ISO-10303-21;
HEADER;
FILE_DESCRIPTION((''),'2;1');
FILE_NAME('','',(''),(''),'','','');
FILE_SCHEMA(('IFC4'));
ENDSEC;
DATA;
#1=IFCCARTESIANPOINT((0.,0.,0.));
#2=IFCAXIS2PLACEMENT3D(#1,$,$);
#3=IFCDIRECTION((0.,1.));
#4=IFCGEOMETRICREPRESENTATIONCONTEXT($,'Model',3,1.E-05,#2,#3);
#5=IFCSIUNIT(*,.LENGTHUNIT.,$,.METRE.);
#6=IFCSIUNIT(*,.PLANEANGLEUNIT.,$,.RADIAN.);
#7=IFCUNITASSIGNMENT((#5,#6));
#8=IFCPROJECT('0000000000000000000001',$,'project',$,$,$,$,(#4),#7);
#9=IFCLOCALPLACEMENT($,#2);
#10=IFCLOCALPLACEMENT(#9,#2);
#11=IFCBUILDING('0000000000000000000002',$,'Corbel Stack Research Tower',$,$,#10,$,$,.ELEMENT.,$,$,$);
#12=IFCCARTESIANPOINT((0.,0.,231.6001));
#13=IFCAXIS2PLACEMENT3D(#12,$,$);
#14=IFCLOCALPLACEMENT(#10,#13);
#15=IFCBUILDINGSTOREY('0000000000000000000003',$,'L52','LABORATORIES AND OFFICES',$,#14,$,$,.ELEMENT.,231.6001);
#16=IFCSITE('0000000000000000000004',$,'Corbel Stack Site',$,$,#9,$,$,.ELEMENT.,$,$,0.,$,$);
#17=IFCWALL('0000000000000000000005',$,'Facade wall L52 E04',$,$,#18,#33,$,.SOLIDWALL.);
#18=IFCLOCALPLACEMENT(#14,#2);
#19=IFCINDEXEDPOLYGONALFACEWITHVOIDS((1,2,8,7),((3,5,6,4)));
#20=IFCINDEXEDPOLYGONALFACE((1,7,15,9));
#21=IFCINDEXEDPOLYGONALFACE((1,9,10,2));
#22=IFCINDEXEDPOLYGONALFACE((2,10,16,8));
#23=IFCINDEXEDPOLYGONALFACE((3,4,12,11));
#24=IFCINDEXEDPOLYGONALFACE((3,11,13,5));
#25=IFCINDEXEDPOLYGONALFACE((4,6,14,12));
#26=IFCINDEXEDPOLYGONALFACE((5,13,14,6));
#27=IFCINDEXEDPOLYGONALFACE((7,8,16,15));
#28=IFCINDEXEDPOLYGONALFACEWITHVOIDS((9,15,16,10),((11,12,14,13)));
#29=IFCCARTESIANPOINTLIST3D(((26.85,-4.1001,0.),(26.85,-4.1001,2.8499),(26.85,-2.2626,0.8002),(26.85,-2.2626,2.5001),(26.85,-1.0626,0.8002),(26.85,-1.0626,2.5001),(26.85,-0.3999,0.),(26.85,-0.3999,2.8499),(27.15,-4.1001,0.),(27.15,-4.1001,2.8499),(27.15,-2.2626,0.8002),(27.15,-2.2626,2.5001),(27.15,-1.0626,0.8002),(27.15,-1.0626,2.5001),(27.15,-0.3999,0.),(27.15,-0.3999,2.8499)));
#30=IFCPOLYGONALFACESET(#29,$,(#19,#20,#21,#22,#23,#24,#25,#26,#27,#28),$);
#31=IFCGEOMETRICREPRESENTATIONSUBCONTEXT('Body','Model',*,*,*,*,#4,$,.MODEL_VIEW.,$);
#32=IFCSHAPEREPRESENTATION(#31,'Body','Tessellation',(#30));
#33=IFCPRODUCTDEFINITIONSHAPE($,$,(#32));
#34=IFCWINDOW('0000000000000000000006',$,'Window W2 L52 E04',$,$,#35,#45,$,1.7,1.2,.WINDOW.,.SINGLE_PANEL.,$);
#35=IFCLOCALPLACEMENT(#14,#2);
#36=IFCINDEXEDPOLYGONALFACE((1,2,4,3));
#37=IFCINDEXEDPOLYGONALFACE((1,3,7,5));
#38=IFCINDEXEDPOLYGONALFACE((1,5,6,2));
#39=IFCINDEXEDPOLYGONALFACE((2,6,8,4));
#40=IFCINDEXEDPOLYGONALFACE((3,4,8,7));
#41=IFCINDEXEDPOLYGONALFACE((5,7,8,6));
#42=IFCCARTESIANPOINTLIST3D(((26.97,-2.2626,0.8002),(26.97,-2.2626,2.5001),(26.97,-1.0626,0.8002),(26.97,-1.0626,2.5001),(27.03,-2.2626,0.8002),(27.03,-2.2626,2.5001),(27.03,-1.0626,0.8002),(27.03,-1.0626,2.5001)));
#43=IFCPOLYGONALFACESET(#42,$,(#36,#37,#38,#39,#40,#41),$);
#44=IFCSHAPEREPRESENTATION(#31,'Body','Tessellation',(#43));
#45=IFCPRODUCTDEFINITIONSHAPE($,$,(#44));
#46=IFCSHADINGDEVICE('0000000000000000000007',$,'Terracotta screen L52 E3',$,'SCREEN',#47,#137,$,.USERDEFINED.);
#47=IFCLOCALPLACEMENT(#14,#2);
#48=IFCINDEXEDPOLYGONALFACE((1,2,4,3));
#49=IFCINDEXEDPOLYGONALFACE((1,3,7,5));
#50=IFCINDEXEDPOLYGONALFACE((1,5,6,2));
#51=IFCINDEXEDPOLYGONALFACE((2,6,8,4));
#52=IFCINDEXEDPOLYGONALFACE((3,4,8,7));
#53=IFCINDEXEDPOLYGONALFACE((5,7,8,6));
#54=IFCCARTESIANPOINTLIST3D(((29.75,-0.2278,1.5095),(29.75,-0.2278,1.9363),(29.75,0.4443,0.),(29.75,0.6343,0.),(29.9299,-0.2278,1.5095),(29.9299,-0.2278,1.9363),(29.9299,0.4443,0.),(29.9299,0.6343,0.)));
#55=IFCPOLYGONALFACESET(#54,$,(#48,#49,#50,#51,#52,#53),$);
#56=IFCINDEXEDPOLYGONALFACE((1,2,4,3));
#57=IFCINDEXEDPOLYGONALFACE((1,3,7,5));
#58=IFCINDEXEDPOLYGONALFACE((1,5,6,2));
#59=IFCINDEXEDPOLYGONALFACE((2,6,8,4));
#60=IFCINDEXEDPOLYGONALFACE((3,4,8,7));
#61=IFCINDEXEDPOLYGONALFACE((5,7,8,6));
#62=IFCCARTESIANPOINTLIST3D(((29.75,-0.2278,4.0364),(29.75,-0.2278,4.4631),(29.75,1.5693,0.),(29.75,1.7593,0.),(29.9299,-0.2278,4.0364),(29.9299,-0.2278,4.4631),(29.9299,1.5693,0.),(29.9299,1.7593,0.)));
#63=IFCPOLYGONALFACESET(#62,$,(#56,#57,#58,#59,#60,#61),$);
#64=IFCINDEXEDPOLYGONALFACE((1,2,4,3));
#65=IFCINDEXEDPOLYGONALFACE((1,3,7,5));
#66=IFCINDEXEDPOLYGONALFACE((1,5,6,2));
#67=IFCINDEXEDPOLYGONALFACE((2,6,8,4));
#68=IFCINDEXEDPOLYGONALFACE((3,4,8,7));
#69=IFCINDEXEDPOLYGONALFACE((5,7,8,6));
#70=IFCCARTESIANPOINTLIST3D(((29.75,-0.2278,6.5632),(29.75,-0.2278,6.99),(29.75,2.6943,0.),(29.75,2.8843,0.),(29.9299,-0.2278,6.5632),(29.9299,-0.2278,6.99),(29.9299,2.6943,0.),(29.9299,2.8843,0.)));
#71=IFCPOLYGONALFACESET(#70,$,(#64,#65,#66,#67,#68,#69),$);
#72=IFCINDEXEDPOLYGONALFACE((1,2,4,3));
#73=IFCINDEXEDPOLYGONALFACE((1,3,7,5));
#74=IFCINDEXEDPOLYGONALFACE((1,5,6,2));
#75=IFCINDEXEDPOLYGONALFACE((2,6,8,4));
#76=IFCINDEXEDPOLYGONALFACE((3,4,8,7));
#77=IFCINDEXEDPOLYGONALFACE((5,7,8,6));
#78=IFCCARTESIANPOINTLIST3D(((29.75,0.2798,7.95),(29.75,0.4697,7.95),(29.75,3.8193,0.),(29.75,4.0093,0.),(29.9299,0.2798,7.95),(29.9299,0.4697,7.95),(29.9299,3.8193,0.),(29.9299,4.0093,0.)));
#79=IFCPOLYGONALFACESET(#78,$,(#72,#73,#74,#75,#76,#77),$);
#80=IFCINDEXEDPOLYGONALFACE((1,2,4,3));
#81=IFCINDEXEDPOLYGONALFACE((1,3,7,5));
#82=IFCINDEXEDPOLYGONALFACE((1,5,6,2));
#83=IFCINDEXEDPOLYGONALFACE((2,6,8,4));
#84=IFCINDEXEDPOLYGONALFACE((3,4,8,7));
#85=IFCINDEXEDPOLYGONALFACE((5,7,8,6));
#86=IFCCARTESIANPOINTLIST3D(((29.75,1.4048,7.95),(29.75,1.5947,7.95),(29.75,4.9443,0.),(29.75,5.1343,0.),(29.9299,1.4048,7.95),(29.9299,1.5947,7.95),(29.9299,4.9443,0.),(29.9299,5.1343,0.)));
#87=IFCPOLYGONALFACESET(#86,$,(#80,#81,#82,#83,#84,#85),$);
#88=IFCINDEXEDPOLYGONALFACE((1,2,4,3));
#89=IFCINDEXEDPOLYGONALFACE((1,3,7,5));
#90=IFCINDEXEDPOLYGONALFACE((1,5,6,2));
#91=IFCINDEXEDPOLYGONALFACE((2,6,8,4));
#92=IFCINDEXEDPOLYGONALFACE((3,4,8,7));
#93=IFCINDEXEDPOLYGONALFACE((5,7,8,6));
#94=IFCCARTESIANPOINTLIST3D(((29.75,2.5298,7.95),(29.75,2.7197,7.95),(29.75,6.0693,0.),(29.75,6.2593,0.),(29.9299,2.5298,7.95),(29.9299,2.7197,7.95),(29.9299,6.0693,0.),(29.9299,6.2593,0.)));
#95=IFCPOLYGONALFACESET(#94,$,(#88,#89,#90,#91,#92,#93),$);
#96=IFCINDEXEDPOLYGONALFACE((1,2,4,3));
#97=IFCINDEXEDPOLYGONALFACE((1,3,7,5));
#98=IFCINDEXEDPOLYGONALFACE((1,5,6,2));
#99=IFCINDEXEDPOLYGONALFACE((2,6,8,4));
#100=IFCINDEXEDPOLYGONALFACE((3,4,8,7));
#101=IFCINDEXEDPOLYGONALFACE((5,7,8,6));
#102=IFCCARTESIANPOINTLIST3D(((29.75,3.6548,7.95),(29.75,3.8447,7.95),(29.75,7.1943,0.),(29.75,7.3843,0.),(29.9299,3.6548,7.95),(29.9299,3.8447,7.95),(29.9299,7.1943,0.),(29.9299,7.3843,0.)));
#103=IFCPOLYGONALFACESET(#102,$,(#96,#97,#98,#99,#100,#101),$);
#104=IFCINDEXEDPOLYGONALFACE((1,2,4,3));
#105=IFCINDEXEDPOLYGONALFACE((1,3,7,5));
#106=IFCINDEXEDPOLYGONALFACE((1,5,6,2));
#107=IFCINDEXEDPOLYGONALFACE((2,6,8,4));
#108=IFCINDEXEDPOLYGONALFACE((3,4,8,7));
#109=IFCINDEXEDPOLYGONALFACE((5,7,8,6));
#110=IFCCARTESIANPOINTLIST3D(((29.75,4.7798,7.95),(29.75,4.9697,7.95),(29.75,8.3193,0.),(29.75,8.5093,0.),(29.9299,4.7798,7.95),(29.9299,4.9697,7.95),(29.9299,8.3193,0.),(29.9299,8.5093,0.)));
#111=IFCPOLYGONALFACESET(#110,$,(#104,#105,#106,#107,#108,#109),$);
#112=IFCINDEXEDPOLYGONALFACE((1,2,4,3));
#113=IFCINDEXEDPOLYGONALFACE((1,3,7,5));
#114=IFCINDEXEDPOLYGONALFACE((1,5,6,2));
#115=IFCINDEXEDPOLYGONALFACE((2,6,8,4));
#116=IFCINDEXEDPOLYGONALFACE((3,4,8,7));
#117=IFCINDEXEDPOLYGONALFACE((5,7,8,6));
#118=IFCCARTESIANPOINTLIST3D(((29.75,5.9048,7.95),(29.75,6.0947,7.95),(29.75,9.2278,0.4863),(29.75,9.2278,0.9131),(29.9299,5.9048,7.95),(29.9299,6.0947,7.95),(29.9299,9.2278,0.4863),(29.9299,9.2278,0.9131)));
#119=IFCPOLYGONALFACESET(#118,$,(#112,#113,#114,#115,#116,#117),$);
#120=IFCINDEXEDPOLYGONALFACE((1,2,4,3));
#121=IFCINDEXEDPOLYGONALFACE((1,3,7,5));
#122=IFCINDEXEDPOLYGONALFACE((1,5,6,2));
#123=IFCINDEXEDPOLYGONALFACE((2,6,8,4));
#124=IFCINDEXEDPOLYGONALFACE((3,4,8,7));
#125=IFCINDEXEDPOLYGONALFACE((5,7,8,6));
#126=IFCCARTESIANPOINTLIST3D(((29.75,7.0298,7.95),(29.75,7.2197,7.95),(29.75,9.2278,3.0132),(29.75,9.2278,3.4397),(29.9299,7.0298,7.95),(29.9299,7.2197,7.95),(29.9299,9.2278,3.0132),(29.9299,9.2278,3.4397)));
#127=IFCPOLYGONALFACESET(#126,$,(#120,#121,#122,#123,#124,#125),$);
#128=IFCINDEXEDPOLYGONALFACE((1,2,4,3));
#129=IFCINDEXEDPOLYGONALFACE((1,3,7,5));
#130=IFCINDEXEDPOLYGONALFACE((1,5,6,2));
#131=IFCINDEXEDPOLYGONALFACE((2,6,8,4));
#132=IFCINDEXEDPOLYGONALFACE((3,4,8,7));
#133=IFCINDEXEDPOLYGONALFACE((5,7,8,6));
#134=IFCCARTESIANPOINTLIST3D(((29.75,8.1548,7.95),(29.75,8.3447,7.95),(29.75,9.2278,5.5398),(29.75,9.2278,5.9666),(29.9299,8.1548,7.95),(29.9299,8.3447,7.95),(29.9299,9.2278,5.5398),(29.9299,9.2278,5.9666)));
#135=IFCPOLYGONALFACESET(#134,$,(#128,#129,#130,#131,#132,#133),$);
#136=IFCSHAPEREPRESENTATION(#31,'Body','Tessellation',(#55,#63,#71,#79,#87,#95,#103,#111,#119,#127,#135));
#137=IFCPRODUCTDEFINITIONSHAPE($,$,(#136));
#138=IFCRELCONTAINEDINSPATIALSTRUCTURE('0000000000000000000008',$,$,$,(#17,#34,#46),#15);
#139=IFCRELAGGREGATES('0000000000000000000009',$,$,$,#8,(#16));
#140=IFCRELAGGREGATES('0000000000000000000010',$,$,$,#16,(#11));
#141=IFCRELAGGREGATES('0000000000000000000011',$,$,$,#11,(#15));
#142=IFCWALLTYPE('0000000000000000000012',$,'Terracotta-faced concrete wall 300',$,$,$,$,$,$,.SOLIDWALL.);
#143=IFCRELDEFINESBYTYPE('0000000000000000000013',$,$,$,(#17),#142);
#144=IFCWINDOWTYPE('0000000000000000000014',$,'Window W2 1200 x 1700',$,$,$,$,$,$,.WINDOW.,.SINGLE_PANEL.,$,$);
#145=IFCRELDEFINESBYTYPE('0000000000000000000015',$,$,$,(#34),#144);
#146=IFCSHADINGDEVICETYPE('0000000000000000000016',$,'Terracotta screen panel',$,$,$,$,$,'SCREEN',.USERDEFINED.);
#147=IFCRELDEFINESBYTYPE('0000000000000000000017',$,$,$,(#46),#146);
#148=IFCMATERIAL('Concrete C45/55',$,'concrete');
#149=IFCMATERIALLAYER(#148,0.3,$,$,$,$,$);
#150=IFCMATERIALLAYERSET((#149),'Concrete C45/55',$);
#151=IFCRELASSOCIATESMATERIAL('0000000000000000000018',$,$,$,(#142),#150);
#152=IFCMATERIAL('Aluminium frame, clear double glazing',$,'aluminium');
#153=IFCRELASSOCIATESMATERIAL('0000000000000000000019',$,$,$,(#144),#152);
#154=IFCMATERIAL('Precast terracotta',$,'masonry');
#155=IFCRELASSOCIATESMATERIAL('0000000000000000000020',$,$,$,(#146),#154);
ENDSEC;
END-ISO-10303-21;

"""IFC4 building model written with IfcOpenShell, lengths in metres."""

from ifc_helpers import new_model, si_unit, direction, frame, frame_2d, origin, place, context, subcontext, project, spatial, polyline, rectangle, outline, extrude, source, transform, mapped, material, layer, layer_set, type_object, element, fill, save


model = new_model("IFC4")

# Units and contexts
model_context = context("Model", 3, precision=1e-05, world=origin(), true_north=direction((0.0, 1.0)))
body_context = subcontext(model_context, "Body", "Model", "MODEL_VIEW")
ifc_project = project(units=[si_unit("LENGTHUNIT", "METRE"), si_unit("PLANEANGLEUNIT", "RADIAN")], contexts=[model_context])

# Site, building, storey
site_placement = place(None, origin())
site = spatial("IfcSite", under=ifc_project, at=site_placement, Name="Corbel Stack Site", CompositionType="ELEMENT", RefElevation=0.0)
building_placement = place(site_placement, origin())
building = spatial("IfcBuilding", under=site, at=building_placement, Name="Corbel Stack Research Tower", CompositionType="ELEMENT")
storey_placement = place(building_placement, frame((0.0, 0.0, 231.6001)))
storey = spatial("IfcBuildingStorey", under=building, at=storey_placement, Name="L52", Description="LABORATORIES AND OFFICES", CompositionType="ELEMENT", Elevation=231.6001)

# Shared definitions
ifc_material_1 = material(Name="Concrete C45/55", Category="concrete")
ifc_layer_1 = layer(ifc_material_1, 0.3)
ifc_layer_set_1 = layer_set([ifc_layer_1], Name="Concrete C45/55")
wall_type_1 = type_object("IfcWallType", Name="Terracotta-faced concrete wall 300", PredefinedType="SOLIDWALL", material=ifc_layer_set_1)

# Wall, opening, window
wall_1_placement = place(storey_placement, frame((27.0, -0.3999, 0.0), z_axis=(0.0, 0.0, 1.0), x_axis=(0.0, -1.0, 0.0)))
wall_1 = element("IfcWall", 1, at=wall_1_placement, inside=storey, type_object=wall_type_1, Name="Facade wall L52 E04", PredefinedType="SOLIDWALL", context=body_context, shape_type="SweptSolid", body=[
    extrude(rectangle(XDim=3.7002, YDim=0.3, at=frame_2d((1.8501, 0.0))), origin(), (0.0, 0.0, 1.0), 2.8499),
])
opening_1_placement = place(wall_1_placement, frame((0.6626, 0.0, 0.8)))
opening_1 = element("IfcOpeningElement", 2, at=opening_1_placement, cuts=wall_1, PredefinedType="OPENING", context=body_context, shape_type="SweptSolid", body=[
    extrude(rectangle(XDim=1.2, YDim=1.7, at=frame_2d((0.6001, 0.8501))), frame((0.0, 0.1599, 0.0), z_axis=(0.0, -1.0, 0.0), x_axis=(1.0, 0.0, 0.0)), (0.0, 0.0, 1.0), 0.3201),
])
ifc_material_2 = material(Name="Aluminium frame, clear double glazing", Category="aluminium")
window_type_1 = type_object("IfcWindowType", Name="Window W2 1200 x 1700", PartitioningType="SINGLE_PANEL", PredefinedType="WINDOW", material=ifc_material_2)
window_1_placement = place(opening_1_placement, origin())
window_1 = element("IfcWindow", 3, at=window_1_placement, inside=storey, type_object=window_type_1, Name="Window W2 L52 E04", OverallHeight=1.7, OverallWidth=1.2, PartitioningType="SINGLE_PANEL", PredefinedType="WINDOW", context=body_context, shape_type="SweptSolid", body=[
    extrude(rectangle(XDim=1.2, YDim=1.7, at=frame_2d((0.6001, 0.8501))), frame((0.0, 0.03, 0.0), z_axis=(0.0, -1.0, 0.0), x_axis=(1.0, 0.0, 0.0)), (0.0, 0.0, 1.0), 0.0601),
])
fill(opening_1, window_1)

# Shading device
ifc_material_3 = material(Name="Precast terracotta", Category="masonry")
shading_device_type = type_object("IfcShadingDeviceType", Name="Terracotta screen panel", ElementType="SCREEN", PredefinedType="USERDEFINED", material=ifc_material_3)
shared_shape_1 = source(origin(), body_context, "Body", "SweptSolid", [
    extrude(outline(polyline([(0.8621, 0.0), (0.0, 1.9363), (0.0, 1.5095), (0.6721, 0.0), (0.8621, 0.0)])), frame((0.0, 0.0, 0.0), z_axis=(0.0, -1.0, 0.0), x_axis=(1.0, 0.0, 0.0)), (0.0, 0.0, 1.0), 0.1799),
    extrude(outline(polyline([(1.9871, 0.0), (0.0, 4.4631), (0.0, 4.0364), (1.7971, 0.0), (1.9871, 0.0)])), frame((0.0, 0.0, 0.0), z_axis=(0.0, -1.0, 0.0), x_axis=(1.0, 0.0, 0.0)), (0.0, 0.0, 1.0), 0.1799),
    extrude(outline(polyline([(3.1121, 0.0), (0.0, 6.99), (0.0, 6.5632), (2.9221, 0.0), (3.1121, 0.0)])), frame((0.0, 0.0, 0.0), z_axis=(0.0, -1.0, 0.0), x_axis=(1.0, 0.0, 0.0)), (0.0, 0.0, 1.0), 0.1799),
    extrude(outline(polyline([(4.2371, 0.0), (0.6975, 7.95), (0.5076, 7.95), (4.0471, 0.0), (4.2371, 0.0)])), frame((0.0, 0.0, 0.0), z_axis=(0.0, -1.0, 0.0), x_axis=(1.0, 0.0, 0.0)), (0.0, 0.0, 1.0), 0.1799),
    extrude(outline(polyline([(5.3621, 0.0), (1.8225, 7.95), (1.6326, 7.95), (5.1721, 0.0), (5.3621, 0.0)])), frame((0.0, 0.0, 0.0), z_axis=(0.0, -1.0, 0.0), x_axis=(1.0, 0.0, 0.0)), (0.0, 0.0, 1.0), 0.1799),
    extrude(outline(polyline([(6.4871, 0.0), (2.9475, 7.95), (2.7576, 7.95), (6.2971, 0.0), (6.4871, 0.0)])), frame((0.0, 0.0, 0.0), z_axis=(0.0, -1.0, 0.0), x_axis=(1.0, 0.0, 0.0)), (0.0, 0.0, 1.0), 0.1799),
    extrude(outline(polyline([(7.6121, 0.0), (4.0725, 7.95), (3.8826, 7.95), (7.4221, 0.0), (7.6121, 0.0)])), frame((0.0, 0.0, 0.0), z_axis=(0.0, -1.0, 0.0), x_axis=(1.0, 0.0, 0.0)), (0.0, 0.0, 1.0), 0.1799),
    extrude(outline(polyline([(8.7371, 0.0), (5.1975, 7.95), (5.0076, 7.95), (8.5471, 0.0), (8.7371, 0.0)])), frame((0.0, 0.0, 0.0), z_axis=(0.0, -1.0, 0.0), x_axis=(1.0, 0.0, 0.0)), (0.0, 0.0, 1.0), 0.1799),
    extrude(outline(polyline([(6.3225, 7.95), (6.1326, 7.95), (9.4556, 0.4863), (9.4556, 0.9131), (6.3225, 7.95)])), frame((0.0, 0.0, 0.0), z_axis=(0.0, -1.0, 0.0), x_axis=(1.0, 0.0, 0.0)), (0.0, 0.0, 1.0), 0.1799),
    extrude(outline(polyline([(7.4475, 7.95), (7.2576, 7.95), (9.4556, 3.0132), (9.4556, 3.4397), (7.4475, 7.95)])), frame((0.0, 0.0, 0.0), z_axis=(0.0, -1.0, 0.0), x_axis=(1.0, 0.0, 0.0)), (0.0, 0.0, 1.0), 0.1799),
    extrude(outline(polyline([(8.5725, 7.95), (8.3826, 7.95), (9.4556, 5.5398), (9.4556, 5.9666), (8.5725, 7.95)])), frame((0.0, 0.0, 0.0), z_axis=(0.0, -1.0, 0.0), x_axis=(1.0, 0.0, 0.0)), (0.0, 0.0, 1.0), 0.1799),
])
shading_device_1_placement = place(storey_placement, frame((29.75, -0.2278, 0.0), z_axis=(0.0, 0.0, 1.0), x_axis=(0.0, 1.0, 0.0)))
element("IfcShadingDevice", 4, at=shading_device_1_placement, inside=storey, type_object=shading_device_type, Name="Terracotta screen L52 E3", ObjectType="SCREEN", PredefinedType="USERDEFINED", context=body_context, shape_type="MappedRepresentation", body=[
    mapped(shared_shape_1, transform((0.0, 0.0, 0.0))),
])

save(model, "model.ifc")
